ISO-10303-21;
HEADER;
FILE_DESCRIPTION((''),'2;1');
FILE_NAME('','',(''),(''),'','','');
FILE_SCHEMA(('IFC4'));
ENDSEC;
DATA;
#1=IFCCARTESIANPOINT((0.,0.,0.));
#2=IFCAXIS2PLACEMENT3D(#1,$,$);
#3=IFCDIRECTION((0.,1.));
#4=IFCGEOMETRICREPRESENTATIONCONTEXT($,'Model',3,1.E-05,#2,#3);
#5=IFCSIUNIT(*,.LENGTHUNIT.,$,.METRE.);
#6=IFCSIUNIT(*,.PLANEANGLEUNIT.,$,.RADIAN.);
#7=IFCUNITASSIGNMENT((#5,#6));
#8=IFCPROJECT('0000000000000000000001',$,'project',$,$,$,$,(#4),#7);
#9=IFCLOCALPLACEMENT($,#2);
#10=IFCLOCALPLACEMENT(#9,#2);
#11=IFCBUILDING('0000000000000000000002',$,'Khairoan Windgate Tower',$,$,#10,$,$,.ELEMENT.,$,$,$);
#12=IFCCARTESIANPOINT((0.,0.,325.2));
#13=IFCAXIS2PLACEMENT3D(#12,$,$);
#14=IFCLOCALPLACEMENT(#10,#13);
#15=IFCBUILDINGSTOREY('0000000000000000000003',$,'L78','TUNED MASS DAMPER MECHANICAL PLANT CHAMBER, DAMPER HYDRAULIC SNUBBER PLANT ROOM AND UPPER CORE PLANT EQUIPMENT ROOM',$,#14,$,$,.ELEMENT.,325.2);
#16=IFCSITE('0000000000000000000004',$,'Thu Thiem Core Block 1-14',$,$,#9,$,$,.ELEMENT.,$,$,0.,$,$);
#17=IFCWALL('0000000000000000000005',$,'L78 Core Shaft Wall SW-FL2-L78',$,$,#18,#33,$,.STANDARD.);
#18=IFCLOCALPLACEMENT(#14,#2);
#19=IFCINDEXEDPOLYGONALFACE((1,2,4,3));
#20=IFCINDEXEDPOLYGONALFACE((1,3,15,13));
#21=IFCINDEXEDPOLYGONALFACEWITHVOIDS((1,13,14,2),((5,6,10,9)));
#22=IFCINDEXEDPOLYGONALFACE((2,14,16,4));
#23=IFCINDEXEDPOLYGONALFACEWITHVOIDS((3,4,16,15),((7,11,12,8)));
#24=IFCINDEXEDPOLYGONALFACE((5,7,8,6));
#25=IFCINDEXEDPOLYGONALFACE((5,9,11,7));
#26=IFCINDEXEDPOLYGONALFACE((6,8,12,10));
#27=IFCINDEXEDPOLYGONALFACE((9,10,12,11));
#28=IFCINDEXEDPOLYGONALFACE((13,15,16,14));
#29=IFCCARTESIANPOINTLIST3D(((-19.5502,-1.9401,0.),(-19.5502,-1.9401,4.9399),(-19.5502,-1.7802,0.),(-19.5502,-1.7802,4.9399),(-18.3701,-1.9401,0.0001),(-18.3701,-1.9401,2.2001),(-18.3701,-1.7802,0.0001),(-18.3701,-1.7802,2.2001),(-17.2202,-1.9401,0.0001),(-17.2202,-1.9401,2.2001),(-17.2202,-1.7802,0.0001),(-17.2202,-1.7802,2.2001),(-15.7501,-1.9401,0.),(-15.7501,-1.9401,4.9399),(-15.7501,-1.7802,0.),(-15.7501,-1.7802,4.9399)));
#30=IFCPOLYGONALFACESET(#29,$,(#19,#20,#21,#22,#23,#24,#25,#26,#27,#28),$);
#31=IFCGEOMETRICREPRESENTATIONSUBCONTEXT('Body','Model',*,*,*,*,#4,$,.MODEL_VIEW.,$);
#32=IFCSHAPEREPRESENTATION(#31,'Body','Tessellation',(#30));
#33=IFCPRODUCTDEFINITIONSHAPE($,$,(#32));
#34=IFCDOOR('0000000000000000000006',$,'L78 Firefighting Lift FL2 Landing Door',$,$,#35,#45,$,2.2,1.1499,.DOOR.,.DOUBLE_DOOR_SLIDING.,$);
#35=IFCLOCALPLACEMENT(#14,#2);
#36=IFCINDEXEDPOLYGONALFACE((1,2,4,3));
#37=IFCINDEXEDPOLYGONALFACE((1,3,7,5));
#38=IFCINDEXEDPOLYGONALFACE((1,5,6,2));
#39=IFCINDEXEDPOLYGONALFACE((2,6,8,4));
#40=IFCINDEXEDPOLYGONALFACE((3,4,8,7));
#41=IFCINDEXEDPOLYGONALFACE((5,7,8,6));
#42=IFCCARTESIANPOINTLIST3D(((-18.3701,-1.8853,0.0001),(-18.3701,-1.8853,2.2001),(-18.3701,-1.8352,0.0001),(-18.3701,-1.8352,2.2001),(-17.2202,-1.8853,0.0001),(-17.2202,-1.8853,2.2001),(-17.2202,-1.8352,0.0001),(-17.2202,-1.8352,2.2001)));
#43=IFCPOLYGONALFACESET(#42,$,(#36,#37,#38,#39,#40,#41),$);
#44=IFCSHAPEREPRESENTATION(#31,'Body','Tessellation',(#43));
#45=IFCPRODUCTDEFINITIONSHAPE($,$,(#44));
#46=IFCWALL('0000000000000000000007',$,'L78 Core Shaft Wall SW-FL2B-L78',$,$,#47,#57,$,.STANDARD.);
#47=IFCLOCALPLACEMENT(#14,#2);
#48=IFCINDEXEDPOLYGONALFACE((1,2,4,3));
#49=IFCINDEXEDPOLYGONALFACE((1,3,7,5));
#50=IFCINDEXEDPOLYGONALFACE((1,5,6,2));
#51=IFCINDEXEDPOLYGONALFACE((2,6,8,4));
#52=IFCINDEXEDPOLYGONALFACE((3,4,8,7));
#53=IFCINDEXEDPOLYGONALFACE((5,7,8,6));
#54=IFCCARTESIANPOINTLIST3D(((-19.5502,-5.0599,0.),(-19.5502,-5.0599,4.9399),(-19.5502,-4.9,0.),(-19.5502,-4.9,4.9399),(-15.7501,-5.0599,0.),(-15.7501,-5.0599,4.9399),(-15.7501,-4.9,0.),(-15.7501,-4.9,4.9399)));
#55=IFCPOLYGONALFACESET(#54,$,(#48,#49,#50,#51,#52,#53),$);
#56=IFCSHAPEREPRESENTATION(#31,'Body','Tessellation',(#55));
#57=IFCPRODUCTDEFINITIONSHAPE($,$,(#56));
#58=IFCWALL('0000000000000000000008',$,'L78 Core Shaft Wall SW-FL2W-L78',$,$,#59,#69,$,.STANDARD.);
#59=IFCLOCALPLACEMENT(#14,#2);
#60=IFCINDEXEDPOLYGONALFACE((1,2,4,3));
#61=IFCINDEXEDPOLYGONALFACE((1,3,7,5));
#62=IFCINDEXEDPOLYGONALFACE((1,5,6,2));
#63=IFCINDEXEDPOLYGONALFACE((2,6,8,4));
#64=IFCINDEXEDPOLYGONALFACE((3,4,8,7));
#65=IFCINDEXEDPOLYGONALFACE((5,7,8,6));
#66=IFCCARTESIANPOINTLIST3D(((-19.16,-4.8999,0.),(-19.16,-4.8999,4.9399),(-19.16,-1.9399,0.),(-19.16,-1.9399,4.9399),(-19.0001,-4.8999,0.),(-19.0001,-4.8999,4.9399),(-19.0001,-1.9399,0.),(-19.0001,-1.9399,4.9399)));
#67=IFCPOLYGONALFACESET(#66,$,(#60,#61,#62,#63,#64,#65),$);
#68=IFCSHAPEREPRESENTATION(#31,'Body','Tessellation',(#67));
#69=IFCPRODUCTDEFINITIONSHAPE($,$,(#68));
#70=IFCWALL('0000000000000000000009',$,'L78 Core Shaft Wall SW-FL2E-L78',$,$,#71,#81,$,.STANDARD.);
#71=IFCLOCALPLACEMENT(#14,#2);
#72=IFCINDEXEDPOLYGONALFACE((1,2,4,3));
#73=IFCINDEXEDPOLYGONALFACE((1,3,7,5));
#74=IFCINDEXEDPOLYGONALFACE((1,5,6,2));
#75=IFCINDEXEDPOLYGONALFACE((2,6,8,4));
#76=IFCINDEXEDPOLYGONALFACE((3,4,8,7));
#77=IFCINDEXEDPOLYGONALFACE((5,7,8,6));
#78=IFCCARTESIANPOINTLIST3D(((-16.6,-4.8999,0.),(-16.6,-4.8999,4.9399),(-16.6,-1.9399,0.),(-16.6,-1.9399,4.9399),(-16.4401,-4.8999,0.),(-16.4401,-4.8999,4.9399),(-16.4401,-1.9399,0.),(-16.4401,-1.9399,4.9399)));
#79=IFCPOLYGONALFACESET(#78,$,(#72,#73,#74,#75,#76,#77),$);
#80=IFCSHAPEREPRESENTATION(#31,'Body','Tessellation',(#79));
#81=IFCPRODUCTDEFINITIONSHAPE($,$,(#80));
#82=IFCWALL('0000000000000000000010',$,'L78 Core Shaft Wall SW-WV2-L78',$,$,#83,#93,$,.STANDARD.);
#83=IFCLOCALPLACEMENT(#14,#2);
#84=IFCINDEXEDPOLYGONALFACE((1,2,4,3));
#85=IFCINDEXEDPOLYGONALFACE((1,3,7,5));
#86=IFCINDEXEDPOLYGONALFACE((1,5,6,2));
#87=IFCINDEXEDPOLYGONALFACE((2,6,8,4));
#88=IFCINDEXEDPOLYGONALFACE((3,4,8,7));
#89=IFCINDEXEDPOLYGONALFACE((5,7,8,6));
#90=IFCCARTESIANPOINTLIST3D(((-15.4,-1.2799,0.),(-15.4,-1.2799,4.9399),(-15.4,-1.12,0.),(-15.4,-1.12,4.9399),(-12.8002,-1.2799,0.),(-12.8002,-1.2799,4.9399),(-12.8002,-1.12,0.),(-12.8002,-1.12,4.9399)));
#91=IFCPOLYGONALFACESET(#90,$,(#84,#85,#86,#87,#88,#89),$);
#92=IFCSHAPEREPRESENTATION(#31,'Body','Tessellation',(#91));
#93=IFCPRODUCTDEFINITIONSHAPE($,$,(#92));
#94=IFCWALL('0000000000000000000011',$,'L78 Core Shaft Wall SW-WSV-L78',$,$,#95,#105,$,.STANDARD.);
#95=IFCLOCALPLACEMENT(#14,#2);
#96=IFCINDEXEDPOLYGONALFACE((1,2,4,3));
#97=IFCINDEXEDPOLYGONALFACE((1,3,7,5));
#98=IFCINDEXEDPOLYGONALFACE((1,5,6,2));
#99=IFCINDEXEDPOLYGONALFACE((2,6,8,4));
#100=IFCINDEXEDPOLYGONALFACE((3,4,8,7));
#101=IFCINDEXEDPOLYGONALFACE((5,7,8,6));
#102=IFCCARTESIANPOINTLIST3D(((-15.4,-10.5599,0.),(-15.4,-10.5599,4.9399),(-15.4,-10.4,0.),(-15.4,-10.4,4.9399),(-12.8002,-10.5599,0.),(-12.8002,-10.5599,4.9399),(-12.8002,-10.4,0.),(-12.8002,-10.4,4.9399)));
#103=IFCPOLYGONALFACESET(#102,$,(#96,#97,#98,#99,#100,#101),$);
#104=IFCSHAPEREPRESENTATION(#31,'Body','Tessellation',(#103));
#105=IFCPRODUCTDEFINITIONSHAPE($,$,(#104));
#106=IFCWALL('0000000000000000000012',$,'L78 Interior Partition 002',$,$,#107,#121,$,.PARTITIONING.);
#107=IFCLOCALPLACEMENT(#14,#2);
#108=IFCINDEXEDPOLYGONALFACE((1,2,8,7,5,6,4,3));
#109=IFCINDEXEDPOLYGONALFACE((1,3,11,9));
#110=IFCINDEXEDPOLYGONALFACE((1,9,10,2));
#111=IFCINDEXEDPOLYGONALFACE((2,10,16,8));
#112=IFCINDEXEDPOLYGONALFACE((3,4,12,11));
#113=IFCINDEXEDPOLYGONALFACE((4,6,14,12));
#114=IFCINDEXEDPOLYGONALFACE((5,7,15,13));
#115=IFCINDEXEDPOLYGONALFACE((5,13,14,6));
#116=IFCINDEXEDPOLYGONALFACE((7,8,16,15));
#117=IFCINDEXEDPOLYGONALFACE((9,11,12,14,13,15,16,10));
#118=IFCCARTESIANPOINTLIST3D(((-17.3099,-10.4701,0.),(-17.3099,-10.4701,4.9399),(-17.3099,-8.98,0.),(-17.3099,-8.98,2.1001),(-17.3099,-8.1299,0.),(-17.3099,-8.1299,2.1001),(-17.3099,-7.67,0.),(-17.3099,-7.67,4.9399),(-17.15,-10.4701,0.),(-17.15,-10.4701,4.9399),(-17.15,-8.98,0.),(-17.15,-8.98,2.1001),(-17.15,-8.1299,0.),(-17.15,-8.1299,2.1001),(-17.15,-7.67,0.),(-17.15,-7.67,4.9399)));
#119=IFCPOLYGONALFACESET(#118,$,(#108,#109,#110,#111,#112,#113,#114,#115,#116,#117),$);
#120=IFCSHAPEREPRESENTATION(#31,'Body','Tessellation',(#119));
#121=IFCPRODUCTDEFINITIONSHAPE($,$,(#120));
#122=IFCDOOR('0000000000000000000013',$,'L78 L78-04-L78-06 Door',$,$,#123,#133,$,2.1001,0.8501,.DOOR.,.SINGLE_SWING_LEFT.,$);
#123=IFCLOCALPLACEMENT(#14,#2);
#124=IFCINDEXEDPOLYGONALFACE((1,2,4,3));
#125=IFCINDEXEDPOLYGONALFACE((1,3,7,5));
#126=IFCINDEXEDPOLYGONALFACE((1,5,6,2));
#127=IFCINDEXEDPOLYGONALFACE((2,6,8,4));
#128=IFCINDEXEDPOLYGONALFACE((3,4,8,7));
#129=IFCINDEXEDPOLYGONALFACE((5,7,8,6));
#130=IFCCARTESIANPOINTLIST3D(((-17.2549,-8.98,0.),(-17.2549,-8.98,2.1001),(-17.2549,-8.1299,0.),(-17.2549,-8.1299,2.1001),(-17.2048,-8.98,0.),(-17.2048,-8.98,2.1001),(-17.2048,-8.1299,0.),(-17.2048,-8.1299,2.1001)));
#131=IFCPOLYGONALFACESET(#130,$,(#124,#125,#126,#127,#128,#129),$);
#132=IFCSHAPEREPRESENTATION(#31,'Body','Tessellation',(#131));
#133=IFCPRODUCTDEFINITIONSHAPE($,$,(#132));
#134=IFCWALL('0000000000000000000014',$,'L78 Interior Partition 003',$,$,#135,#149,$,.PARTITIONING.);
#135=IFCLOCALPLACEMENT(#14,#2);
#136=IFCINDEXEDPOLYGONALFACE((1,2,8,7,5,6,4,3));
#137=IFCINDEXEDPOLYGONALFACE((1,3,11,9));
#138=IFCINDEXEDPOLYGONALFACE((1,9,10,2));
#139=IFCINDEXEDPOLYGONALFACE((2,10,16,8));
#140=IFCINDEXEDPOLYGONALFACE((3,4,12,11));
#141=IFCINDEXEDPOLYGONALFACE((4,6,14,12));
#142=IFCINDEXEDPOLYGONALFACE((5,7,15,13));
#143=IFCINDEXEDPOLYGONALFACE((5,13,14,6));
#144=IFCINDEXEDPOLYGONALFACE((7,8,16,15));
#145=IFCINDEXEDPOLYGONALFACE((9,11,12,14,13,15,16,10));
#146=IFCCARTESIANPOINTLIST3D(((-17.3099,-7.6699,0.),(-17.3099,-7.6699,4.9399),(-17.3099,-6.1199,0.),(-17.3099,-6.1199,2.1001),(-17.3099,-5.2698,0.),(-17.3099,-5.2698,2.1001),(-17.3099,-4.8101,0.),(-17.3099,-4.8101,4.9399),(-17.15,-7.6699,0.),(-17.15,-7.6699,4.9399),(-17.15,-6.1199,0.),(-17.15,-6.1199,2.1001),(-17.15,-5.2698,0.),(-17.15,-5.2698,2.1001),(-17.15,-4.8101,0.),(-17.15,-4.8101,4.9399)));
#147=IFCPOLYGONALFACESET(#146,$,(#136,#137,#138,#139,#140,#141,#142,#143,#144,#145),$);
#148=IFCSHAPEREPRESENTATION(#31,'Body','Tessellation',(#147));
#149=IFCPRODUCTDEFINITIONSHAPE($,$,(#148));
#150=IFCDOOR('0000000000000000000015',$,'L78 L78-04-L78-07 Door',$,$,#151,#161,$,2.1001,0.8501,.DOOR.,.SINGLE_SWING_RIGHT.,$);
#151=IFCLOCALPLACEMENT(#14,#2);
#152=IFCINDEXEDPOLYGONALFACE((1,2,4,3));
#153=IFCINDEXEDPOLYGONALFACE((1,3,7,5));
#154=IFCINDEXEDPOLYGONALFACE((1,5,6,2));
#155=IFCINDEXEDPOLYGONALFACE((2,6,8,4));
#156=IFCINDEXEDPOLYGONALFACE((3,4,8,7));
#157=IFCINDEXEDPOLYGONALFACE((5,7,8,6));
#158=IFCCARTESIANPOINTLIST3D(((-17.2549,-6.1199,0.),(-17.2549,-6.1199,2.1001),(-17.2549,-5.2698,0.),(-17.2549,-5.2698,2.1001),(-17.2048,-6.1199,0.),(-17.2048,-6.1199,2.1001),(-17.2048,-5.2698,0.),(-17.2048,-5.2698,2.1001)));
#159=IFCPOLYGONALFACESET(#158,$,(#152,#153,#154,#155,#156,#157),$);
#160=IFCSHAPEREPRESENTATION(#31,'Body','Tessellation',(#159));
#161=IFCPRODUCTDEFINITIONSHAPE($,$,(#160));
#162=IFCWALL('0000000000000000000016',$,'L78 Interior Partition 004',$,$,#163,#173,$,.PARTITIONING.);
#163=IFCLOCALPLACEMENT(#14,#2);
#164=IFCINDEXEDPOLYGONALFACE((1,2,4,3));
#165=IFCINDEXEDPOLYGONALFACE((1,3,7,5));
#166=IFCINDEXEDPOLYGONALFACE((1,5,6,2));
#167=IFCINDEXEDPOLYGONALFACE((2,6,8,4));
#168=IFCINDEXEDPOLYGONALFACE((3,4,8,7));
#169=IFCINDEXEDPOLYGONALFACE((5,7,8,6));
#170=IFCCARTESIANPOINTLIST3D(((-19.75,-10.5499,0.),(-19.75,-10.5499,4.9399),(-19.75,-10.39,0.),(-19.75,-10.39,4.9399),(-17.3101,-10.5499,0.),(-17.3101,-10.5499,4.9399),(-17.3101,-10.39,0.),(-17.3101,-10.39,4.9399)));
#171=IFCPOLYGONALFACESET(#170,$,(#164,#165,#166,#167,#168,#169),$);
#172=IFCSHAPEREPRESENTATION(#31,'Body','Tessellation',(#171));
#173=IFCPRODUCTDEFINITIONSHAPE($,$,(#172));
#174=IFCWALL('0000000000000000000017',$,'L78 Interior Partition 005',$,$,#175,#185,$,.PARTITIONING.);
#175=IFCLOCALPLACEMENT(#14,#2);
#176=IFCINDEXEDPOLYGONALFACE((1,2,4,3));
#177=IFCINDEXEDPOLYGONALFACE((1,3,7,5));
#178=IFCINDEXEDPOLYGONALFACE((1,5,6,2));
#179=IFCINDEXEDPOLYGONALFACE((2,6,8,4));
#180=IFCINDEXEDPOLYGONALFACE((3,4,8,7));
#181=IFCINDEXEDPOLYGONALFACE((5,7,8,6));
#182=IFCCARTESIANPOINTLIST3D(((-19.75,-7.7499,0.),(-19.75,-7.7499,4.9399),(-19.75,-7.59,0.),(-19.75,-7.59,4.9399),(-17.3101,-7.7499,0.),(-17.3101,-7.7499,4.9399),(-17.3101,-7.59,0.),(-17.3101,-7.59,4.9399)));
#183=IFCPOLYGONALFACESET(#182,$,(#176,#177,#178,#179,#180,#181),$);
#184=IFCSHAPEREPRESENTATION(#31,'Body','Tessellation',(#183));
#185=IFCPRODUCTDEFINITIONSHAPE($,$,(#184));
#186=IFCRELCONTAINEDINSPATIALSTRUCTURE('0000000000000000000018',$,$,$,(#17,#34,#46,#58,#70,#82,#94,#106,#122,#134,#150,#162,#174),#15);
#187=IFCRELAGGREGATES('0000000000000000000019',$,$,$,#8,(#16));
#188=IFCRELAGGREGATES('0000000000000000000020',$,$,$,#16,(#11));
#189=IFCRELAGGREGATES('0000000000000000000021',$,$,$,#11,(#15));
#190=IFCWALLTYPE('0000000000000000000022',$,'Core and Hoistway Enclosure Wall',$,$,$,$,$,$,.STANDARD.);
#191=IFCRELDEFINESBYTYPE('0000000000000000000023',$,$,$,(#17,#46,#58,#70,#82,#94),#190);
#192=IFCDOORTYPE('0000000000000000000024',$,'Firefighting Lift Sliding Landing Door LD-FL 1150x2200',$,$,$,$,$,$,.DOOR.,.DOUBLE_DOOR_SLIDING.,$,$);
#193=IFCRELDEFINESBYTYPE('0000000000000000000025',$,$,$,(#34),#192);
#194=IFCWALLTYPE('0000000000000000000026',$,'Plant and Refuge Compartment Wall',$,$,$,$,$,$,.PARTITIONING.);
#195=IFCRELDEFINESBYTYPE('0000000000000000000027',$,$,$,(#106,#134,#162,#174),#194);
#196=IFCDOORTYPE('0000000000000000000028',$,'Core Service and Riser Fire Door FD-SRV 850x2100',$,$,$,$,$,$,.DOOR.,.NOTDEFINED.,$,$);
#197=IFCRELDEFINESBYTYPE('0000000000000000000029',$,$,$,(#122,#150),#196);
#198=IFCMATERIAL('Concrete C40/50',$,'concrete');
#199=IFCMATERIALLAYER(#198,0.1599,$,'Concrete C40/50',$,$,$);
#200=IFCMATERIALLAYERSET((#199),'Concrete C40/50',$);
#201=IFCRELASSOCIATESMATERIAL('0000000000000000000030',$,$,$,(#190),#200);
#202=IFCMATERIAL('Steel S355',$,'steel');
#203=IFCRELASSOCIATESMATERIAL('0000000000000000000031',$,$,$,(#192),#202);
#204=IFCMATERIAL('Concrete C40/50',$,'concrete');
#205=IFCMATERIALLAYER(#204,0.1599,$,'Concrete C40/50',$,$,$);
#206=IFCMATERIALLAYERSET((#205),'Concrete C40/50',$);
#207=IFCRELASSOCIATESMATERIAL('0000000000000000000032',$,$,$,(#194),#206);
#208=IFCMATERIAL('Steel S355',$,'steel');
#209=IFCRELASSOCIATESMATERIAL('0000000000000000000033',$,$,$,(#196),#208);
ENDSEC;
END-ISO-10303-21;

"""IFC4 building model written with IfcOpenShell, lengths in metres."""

from ifc_helpers import new_model, si_unit, direction, frame, frame_2d, origin, place, context, subcontext, project, spatial, rectangle, extrude, material, layer, layer_set, type_object, element, fill, save


model = new_model("IFC4")

# Units and contexts
model_context = context("Model", 3, precision=1e-05, world=origin(), true_north=direction((0.0, 1.0)))
body_context = subcontext(model_context, "Body", "Model", "MODEL_VIEW")
ifc_project = project(units=[si_unit("LENGTHUNIT", "METRE"), si_unit("PLANEANGLEUNIT", "RADIAN")], contexts=[model_context])

# Site, building, storey
site_placement = place(None, origin())
site = spatial("IfcSite", under=ifc_project, at=site_placement, Name="Thu Thiem Core Block 1-14", CompositionType="ELEMENT", RefElevation=0.0)
building_placement = place(site_placement, origin())
building = spatial("IfcBuilding", under=site, at=building_placement, Name="Khairoan Windgate Tower", CompositionType="ELEMENT")
storey_placement = place(building_placement, frame((0.0, 0.0, 325.2)))
storey = spatial("IfcBuildingStorey", under=building, at=storey_placement, Name="L78", Description="TUNED MASS DAMPER MECHANICAL PLANT CHAMBER, DAMPER HYDRAULIC SNUBBER PLANT ROOM AND UPPER CORE PLANT EQUIPMENT ROOM", CompositionType="ELEMENT", Elevation=325.2)

# Wall, opening, door
ifc_material_1 = material(Name="Concrete C40/50", Category="concrete")
ifc_layer_1 = layer(ifc_material_1, 0.1599, Name="Concrete C40/50")
ifc_layer_set_1 = layer_set([ifc_layer_1], Name="Concrete C40/50")
wall_type_1 = type_object("IfcWallType", Name="Core and Hoistway Enclosure Wall", PredefinedType="STANDARD", material=ifc_layer_set_1)
wall_1_placement = place(storey_placement, frame((-19.55, -1.8601, 0.0), z_axis=(0.0, 0.0, 1.0), x_axis=(1.0, 0.0, 0.0)))
wall_1 = element("IfcWall", 1, at=wall_1_placement, inside=storey, type_object=wall_type_1, Name="L78 Core Shaft Wall SW-FL2-L78", PredefinedType="STANDARD", context=body_context, shape_type="SweptSolid", body=[
    extrude(rectangle(XDim=3.8, YDim=0.1599, at=frame_2d((1.8999, 0.0))), origin(), (0.0, 0.0, 1.0), 4.9399),
])
opening_1_placement = place(wall_1_placement, frame((1.1799, 0.0, 0.0)))
opening_1 = element("IfcOpeningElement", 2, at=opening_1_placement, cuts=wall_1, PredefinedType="OPENING", context=body_context, shape_type="SweptSolid", body=[
    extrude(rectangle(XDim=1.1499, YDim=2.2, at=frame_2d((0.575, 1.1001))), frame((0.0, 0.0898, 0.0), z_axis=(0.0, -1.0, 0.0), x_axis=(1.0, 0.0, 0.0)), (0.0, 0.0, 1.0), 0.1799),
])
ifc_material_2 = material(Name="Steel S355", Category="steel")
door_type_1 = type_object("IfcDoorType", Name="Firefighting Lift Sliding Landing Door LD-FL 1150x2200", OperationType="DOUBLE_DOOR_SLIDING", PredefinedType="DOOR", material=ifc_material_2)
door_1_placement = place(opening_1_placement, origin())
door_1 = element("IfcDoor", 3, at=door_1_placement, inside=storey, type_object=door_type_1, Name="L78 Firefighting Lift FL2 Landing Door", OperationType="DOUBLE_DOOR_SLIDING", OverallHeight=2.2, OverallWidth=1.1499, PredefinedType="DOOR", context=body_context, shape_type="SweptSolid", body=[
    extrude(rectangle(XDim=1.1499, YDim=2.2, at=frame_2d((0.575, 1.1001))), frame((0.0, 0.0249, 0.0), z_axis=(0.0, -1.0, 0.0), x_axis=(1.0, 0.0, 0.0)), (0.0, 0.0, 1.0), 0.05),
])
fill(opening_1, door_1)

# Walls
wall_2_placement = place(storey_placement, frame((-19.55, -4.98, 0.0), z_axis=(0.0, 0.0, 1.0), x_axis=(1.0, 0.0, 0.0)))
element("IfcWall", 4, at=wall_2_placement, inside=storey, type_object=wall_type_1, Name="L78 Core Shaft Wall SW-FL2B-L78", PredefinedType="STANDARD", context=body_context, shape_type="SweptSolid", body=[
    extrude(rectangle(XDim=3.8, YDim=0.1599, at=frame_2d((1.8999, 0.0))), origin(), (0.0, 0.0, 1.0), 4.9399),
])
for number, where, z_axis, x_axis, name in (
    (5, (-19.0801, -4.8999, 0.0), (0.0, 0.0, 1.0), (0.0, 1.0, 0.0), "L78 Core Shaft Wall SW-FL2W-L78"),
    (6, (-16.52, -4.8999, 0.0), (0.0, 0.0, 1.0), (0.0, 1.0, 0.0), "L78 Core Shaft Wall SW-FL2E-L78"),
):
    element("IfcWall", number, at=place(storey_placement, frame(where, z_axis=z_axis, x_axis=x_axis)), inside=storey, type_object=wall_type_1, Name=name, PredefinedType="STANDARD", context=body_context, shape_type="SweptSolid", body=[
        extrude(rectangle(XDim=2.96, YDim=0.1599, at=frame_2d((1.48, 0.0))), origin(), (0.0, 0.0, 1.0), 4.9399),
    ])
for number, where, z_axis, x_axis, name in (
    (7, (-15.3999, -1.2, 0.0), (0.0, 0.0, 1.0), (1.0, 0.0, 0.0), "L78 Core Shaft Wall SW-WV2-L78"),
    (8, (-15.3999, -10.48, 0.0), (0.0, 0.0, 1.0), (1.0, 0.0, 0.0), "L78 Core Shaft Wall SW-WSV-L78"),
):
    element("IfcWall", number, at=place(storey_placement, frame(where, z_axis=z_axis, x_axis=x_axis)), inside=storey, type_object=wall_type_1, Name=name, PredefinedType="STANDARD", context=body_context, shape_type="SweptSolid", body=[
        extrude(rectangle(XDim=2.5999, YDim=0.1599, at=frame_2d((1.2998, 0.0))), origin(), (0.0, 0.0, 1.0), 4.9399),
    ])

# Walls, openings, doors
ifc_material_3 = material(Name="Concrete C40/50", Category="concrete")
ifc_layer_2 = layer(ifc_material_3, 0.1599, Name="Concrete C40/50")
ifc_layer_set_2 = layer_set([ifc_layer_2], Name="Concrete C40/50")
wall_type_2 = type_object("IfcWallType", Name="Plant and Refuge Compartment Wall", PredefinedType="PARTITIONING", material=ifc_layer_set_2)
wall_3_placement = place(storey_placement, frame((-17.23, -10.47, 0.0), z_axis=(0.0, 0.0, 1.0), x_axis=(0.0, 1.0, 0.0)))
wall_3 = element("IfcWall", 9, at=wall_3_placement, inside=storey, type_object=wall_type_2, Name="L78 Interior Partition 002", PredefinedType="PARTITIONING", context=body_context, shape_type="SweptSolid", body=[
    extrude(rectangle(XDim=2.8, YDim=0.1599, at=frame_2d((1.3999, 0.0))), origin(), (0.0, 0.0, 1.0), 4.9399),
])
opening_2_placement = place(wall_3_placement, frame((1.49, 0.0, 0.0)))
opening_2 = element("IfcOpeningElement", 10, at=opening_2_placement, cuts=wall_3, PredefinedType="OPENING", context=body_context, shape_type="SweptSolid", body=[
    extrude(rectangle(XDim=0.8501, YDim=2.1001, at=frame_2d((0.425, 1.05))), frame((0.0, 0.0898, 0.0), z_axis=(0.0, -1.0, 0.0), x_axis=(1.0, 0.0, 0.0)), (0.0, 0.0, 1.0), 0.1799),
])
ifc_material_4 = material(Name="Steel S355", Category="steel")
door_type_2 = type_object("IfcDoorType", Name="Core Service and Riser Fire Door FD-SRV 850x2100", OperationType="NOTDEFINED", PredefinedType="DOOR", material=ifc_material_4)
door_2_placement = place(opening_2_placement, origin())
door_2 = element("IfcDoor", 11, at=door_2_placement, inside=storey, type_object=door_type_2, Name="L78 L78-04-L78-06 Door", OperationType="SINGLE_SWING_LEFT", OverallHeight=2.1001, OverallWidth=0.8501, PredefinedType="DOOR", context=body_context, shape_type="SweptSolid", body=[
    extrude(rectangle(XDim=0.8501, YDim=2.1001, at=frame_2d((0.425, 1.05))), frame((0.0, 0.0249, 0.0), z_axis=(0.0, -1.0, 0.0), x_axis=(1.0, 0.0, 0.0)), (0.0, 0.0, 1.0), 0.05),
])
fill(opening_2, door_2)
wall_4_placement = place(storey_placement, frame((-17.23, -7.6699, 0.0), z_axis=(0.0, 0.0, 1.0), x_axis=(0.0, 1.0, 0.0)))
wall_4 = element("IfcWall", 12, at=wall_4_placement, inside=storey, type_object=wall_type_2, Name="L78 Interior Partition 003", PredefinedType="PARTITIONING", context=body_context, shape_type="SweptSolid", body=[
    extrude(rectangle(XDim=2.8599, YDim=0.1599, at=frame_2d((1.4299, 0.0))), origin(), (0.0, 0.0, 1.0), 4.9399),
])
opening_3_placement = place(wall_4_placement, frame((1.55, 0.0, 0.0)))
opening_3 = element("IfcOpeningElement", 13, at=opening_3_placement, cuts=wall_4, PredefinedType="OPENING", context=body_context, shape_type="SweptSolid", body=[
    extrude(rectangle(XDim=0.8501, YDim=2.1001, at=frame_2d((0.425, 1.05))), frame((0.0, 0.0898, 0.0), z_axis=(0.0, -1.0, 0.0), x_axis=(1.0, 0.0, 0.0)), (0.0, 0.0, 1.0), 0.1799),
])
door_3_placement = place(opening_3_placement, origin())
door_3 = element("IfcDoor", 14, at=door_3_placement, inside=storey, type_object=door_type_2, Name="L78 L78-04-L78-07 Door", OperationType="SINGLE_SWING_RIGHT", OverallHeight=2.1001, OverallWidth=0.8501, PredefinedType="DOOR", context=body_context, shape_type="SweptSolid", body=[
    extrude(rectangle(XDim=0.8501, YDim=2.1001, at=frame_2d((0.425, 1.05))), frame((0.0, 0.0249, 0.0), z_axis=(0.0, -1.0, 0.0), x_axis=(1.0, 0.0, 0.0)), (0.0, 0.0, 1.0), 0.05),
])
fill(opening_3, door_3)

# Walls
for number, where, z_axis, x_axis, name in (
    (15, (-19.75, -10.47, 0.0), (0.0, 0.0, 1.0), (1.0, 0.0, 0.0), "L78 Interior Partition 004"),
    (16, (-19.75, -7.6699, 0.0), (0.0, 0.0, 1.0), (1.0, 0.0, 0.0), "L78 Interior Partition 005"),
):
    element("IfcWall", number, at=place(storey_placement, frame(where, z_axis=z_axis, x_axis=x_axis)), inside=storey, type_object=wall_type_2, Name=name, PredefinedType="PARTITIONING", context=body_context, shape_type="SweptSolid", body=[
        extrude(rectangle(XDim=2.4399, YDim=0.1599, at=frame_2d((1.22, 0.0))), origin(), (0.0, 0.0, 1.0), 4.9399),
    ])

save(model, "model.ifc")
